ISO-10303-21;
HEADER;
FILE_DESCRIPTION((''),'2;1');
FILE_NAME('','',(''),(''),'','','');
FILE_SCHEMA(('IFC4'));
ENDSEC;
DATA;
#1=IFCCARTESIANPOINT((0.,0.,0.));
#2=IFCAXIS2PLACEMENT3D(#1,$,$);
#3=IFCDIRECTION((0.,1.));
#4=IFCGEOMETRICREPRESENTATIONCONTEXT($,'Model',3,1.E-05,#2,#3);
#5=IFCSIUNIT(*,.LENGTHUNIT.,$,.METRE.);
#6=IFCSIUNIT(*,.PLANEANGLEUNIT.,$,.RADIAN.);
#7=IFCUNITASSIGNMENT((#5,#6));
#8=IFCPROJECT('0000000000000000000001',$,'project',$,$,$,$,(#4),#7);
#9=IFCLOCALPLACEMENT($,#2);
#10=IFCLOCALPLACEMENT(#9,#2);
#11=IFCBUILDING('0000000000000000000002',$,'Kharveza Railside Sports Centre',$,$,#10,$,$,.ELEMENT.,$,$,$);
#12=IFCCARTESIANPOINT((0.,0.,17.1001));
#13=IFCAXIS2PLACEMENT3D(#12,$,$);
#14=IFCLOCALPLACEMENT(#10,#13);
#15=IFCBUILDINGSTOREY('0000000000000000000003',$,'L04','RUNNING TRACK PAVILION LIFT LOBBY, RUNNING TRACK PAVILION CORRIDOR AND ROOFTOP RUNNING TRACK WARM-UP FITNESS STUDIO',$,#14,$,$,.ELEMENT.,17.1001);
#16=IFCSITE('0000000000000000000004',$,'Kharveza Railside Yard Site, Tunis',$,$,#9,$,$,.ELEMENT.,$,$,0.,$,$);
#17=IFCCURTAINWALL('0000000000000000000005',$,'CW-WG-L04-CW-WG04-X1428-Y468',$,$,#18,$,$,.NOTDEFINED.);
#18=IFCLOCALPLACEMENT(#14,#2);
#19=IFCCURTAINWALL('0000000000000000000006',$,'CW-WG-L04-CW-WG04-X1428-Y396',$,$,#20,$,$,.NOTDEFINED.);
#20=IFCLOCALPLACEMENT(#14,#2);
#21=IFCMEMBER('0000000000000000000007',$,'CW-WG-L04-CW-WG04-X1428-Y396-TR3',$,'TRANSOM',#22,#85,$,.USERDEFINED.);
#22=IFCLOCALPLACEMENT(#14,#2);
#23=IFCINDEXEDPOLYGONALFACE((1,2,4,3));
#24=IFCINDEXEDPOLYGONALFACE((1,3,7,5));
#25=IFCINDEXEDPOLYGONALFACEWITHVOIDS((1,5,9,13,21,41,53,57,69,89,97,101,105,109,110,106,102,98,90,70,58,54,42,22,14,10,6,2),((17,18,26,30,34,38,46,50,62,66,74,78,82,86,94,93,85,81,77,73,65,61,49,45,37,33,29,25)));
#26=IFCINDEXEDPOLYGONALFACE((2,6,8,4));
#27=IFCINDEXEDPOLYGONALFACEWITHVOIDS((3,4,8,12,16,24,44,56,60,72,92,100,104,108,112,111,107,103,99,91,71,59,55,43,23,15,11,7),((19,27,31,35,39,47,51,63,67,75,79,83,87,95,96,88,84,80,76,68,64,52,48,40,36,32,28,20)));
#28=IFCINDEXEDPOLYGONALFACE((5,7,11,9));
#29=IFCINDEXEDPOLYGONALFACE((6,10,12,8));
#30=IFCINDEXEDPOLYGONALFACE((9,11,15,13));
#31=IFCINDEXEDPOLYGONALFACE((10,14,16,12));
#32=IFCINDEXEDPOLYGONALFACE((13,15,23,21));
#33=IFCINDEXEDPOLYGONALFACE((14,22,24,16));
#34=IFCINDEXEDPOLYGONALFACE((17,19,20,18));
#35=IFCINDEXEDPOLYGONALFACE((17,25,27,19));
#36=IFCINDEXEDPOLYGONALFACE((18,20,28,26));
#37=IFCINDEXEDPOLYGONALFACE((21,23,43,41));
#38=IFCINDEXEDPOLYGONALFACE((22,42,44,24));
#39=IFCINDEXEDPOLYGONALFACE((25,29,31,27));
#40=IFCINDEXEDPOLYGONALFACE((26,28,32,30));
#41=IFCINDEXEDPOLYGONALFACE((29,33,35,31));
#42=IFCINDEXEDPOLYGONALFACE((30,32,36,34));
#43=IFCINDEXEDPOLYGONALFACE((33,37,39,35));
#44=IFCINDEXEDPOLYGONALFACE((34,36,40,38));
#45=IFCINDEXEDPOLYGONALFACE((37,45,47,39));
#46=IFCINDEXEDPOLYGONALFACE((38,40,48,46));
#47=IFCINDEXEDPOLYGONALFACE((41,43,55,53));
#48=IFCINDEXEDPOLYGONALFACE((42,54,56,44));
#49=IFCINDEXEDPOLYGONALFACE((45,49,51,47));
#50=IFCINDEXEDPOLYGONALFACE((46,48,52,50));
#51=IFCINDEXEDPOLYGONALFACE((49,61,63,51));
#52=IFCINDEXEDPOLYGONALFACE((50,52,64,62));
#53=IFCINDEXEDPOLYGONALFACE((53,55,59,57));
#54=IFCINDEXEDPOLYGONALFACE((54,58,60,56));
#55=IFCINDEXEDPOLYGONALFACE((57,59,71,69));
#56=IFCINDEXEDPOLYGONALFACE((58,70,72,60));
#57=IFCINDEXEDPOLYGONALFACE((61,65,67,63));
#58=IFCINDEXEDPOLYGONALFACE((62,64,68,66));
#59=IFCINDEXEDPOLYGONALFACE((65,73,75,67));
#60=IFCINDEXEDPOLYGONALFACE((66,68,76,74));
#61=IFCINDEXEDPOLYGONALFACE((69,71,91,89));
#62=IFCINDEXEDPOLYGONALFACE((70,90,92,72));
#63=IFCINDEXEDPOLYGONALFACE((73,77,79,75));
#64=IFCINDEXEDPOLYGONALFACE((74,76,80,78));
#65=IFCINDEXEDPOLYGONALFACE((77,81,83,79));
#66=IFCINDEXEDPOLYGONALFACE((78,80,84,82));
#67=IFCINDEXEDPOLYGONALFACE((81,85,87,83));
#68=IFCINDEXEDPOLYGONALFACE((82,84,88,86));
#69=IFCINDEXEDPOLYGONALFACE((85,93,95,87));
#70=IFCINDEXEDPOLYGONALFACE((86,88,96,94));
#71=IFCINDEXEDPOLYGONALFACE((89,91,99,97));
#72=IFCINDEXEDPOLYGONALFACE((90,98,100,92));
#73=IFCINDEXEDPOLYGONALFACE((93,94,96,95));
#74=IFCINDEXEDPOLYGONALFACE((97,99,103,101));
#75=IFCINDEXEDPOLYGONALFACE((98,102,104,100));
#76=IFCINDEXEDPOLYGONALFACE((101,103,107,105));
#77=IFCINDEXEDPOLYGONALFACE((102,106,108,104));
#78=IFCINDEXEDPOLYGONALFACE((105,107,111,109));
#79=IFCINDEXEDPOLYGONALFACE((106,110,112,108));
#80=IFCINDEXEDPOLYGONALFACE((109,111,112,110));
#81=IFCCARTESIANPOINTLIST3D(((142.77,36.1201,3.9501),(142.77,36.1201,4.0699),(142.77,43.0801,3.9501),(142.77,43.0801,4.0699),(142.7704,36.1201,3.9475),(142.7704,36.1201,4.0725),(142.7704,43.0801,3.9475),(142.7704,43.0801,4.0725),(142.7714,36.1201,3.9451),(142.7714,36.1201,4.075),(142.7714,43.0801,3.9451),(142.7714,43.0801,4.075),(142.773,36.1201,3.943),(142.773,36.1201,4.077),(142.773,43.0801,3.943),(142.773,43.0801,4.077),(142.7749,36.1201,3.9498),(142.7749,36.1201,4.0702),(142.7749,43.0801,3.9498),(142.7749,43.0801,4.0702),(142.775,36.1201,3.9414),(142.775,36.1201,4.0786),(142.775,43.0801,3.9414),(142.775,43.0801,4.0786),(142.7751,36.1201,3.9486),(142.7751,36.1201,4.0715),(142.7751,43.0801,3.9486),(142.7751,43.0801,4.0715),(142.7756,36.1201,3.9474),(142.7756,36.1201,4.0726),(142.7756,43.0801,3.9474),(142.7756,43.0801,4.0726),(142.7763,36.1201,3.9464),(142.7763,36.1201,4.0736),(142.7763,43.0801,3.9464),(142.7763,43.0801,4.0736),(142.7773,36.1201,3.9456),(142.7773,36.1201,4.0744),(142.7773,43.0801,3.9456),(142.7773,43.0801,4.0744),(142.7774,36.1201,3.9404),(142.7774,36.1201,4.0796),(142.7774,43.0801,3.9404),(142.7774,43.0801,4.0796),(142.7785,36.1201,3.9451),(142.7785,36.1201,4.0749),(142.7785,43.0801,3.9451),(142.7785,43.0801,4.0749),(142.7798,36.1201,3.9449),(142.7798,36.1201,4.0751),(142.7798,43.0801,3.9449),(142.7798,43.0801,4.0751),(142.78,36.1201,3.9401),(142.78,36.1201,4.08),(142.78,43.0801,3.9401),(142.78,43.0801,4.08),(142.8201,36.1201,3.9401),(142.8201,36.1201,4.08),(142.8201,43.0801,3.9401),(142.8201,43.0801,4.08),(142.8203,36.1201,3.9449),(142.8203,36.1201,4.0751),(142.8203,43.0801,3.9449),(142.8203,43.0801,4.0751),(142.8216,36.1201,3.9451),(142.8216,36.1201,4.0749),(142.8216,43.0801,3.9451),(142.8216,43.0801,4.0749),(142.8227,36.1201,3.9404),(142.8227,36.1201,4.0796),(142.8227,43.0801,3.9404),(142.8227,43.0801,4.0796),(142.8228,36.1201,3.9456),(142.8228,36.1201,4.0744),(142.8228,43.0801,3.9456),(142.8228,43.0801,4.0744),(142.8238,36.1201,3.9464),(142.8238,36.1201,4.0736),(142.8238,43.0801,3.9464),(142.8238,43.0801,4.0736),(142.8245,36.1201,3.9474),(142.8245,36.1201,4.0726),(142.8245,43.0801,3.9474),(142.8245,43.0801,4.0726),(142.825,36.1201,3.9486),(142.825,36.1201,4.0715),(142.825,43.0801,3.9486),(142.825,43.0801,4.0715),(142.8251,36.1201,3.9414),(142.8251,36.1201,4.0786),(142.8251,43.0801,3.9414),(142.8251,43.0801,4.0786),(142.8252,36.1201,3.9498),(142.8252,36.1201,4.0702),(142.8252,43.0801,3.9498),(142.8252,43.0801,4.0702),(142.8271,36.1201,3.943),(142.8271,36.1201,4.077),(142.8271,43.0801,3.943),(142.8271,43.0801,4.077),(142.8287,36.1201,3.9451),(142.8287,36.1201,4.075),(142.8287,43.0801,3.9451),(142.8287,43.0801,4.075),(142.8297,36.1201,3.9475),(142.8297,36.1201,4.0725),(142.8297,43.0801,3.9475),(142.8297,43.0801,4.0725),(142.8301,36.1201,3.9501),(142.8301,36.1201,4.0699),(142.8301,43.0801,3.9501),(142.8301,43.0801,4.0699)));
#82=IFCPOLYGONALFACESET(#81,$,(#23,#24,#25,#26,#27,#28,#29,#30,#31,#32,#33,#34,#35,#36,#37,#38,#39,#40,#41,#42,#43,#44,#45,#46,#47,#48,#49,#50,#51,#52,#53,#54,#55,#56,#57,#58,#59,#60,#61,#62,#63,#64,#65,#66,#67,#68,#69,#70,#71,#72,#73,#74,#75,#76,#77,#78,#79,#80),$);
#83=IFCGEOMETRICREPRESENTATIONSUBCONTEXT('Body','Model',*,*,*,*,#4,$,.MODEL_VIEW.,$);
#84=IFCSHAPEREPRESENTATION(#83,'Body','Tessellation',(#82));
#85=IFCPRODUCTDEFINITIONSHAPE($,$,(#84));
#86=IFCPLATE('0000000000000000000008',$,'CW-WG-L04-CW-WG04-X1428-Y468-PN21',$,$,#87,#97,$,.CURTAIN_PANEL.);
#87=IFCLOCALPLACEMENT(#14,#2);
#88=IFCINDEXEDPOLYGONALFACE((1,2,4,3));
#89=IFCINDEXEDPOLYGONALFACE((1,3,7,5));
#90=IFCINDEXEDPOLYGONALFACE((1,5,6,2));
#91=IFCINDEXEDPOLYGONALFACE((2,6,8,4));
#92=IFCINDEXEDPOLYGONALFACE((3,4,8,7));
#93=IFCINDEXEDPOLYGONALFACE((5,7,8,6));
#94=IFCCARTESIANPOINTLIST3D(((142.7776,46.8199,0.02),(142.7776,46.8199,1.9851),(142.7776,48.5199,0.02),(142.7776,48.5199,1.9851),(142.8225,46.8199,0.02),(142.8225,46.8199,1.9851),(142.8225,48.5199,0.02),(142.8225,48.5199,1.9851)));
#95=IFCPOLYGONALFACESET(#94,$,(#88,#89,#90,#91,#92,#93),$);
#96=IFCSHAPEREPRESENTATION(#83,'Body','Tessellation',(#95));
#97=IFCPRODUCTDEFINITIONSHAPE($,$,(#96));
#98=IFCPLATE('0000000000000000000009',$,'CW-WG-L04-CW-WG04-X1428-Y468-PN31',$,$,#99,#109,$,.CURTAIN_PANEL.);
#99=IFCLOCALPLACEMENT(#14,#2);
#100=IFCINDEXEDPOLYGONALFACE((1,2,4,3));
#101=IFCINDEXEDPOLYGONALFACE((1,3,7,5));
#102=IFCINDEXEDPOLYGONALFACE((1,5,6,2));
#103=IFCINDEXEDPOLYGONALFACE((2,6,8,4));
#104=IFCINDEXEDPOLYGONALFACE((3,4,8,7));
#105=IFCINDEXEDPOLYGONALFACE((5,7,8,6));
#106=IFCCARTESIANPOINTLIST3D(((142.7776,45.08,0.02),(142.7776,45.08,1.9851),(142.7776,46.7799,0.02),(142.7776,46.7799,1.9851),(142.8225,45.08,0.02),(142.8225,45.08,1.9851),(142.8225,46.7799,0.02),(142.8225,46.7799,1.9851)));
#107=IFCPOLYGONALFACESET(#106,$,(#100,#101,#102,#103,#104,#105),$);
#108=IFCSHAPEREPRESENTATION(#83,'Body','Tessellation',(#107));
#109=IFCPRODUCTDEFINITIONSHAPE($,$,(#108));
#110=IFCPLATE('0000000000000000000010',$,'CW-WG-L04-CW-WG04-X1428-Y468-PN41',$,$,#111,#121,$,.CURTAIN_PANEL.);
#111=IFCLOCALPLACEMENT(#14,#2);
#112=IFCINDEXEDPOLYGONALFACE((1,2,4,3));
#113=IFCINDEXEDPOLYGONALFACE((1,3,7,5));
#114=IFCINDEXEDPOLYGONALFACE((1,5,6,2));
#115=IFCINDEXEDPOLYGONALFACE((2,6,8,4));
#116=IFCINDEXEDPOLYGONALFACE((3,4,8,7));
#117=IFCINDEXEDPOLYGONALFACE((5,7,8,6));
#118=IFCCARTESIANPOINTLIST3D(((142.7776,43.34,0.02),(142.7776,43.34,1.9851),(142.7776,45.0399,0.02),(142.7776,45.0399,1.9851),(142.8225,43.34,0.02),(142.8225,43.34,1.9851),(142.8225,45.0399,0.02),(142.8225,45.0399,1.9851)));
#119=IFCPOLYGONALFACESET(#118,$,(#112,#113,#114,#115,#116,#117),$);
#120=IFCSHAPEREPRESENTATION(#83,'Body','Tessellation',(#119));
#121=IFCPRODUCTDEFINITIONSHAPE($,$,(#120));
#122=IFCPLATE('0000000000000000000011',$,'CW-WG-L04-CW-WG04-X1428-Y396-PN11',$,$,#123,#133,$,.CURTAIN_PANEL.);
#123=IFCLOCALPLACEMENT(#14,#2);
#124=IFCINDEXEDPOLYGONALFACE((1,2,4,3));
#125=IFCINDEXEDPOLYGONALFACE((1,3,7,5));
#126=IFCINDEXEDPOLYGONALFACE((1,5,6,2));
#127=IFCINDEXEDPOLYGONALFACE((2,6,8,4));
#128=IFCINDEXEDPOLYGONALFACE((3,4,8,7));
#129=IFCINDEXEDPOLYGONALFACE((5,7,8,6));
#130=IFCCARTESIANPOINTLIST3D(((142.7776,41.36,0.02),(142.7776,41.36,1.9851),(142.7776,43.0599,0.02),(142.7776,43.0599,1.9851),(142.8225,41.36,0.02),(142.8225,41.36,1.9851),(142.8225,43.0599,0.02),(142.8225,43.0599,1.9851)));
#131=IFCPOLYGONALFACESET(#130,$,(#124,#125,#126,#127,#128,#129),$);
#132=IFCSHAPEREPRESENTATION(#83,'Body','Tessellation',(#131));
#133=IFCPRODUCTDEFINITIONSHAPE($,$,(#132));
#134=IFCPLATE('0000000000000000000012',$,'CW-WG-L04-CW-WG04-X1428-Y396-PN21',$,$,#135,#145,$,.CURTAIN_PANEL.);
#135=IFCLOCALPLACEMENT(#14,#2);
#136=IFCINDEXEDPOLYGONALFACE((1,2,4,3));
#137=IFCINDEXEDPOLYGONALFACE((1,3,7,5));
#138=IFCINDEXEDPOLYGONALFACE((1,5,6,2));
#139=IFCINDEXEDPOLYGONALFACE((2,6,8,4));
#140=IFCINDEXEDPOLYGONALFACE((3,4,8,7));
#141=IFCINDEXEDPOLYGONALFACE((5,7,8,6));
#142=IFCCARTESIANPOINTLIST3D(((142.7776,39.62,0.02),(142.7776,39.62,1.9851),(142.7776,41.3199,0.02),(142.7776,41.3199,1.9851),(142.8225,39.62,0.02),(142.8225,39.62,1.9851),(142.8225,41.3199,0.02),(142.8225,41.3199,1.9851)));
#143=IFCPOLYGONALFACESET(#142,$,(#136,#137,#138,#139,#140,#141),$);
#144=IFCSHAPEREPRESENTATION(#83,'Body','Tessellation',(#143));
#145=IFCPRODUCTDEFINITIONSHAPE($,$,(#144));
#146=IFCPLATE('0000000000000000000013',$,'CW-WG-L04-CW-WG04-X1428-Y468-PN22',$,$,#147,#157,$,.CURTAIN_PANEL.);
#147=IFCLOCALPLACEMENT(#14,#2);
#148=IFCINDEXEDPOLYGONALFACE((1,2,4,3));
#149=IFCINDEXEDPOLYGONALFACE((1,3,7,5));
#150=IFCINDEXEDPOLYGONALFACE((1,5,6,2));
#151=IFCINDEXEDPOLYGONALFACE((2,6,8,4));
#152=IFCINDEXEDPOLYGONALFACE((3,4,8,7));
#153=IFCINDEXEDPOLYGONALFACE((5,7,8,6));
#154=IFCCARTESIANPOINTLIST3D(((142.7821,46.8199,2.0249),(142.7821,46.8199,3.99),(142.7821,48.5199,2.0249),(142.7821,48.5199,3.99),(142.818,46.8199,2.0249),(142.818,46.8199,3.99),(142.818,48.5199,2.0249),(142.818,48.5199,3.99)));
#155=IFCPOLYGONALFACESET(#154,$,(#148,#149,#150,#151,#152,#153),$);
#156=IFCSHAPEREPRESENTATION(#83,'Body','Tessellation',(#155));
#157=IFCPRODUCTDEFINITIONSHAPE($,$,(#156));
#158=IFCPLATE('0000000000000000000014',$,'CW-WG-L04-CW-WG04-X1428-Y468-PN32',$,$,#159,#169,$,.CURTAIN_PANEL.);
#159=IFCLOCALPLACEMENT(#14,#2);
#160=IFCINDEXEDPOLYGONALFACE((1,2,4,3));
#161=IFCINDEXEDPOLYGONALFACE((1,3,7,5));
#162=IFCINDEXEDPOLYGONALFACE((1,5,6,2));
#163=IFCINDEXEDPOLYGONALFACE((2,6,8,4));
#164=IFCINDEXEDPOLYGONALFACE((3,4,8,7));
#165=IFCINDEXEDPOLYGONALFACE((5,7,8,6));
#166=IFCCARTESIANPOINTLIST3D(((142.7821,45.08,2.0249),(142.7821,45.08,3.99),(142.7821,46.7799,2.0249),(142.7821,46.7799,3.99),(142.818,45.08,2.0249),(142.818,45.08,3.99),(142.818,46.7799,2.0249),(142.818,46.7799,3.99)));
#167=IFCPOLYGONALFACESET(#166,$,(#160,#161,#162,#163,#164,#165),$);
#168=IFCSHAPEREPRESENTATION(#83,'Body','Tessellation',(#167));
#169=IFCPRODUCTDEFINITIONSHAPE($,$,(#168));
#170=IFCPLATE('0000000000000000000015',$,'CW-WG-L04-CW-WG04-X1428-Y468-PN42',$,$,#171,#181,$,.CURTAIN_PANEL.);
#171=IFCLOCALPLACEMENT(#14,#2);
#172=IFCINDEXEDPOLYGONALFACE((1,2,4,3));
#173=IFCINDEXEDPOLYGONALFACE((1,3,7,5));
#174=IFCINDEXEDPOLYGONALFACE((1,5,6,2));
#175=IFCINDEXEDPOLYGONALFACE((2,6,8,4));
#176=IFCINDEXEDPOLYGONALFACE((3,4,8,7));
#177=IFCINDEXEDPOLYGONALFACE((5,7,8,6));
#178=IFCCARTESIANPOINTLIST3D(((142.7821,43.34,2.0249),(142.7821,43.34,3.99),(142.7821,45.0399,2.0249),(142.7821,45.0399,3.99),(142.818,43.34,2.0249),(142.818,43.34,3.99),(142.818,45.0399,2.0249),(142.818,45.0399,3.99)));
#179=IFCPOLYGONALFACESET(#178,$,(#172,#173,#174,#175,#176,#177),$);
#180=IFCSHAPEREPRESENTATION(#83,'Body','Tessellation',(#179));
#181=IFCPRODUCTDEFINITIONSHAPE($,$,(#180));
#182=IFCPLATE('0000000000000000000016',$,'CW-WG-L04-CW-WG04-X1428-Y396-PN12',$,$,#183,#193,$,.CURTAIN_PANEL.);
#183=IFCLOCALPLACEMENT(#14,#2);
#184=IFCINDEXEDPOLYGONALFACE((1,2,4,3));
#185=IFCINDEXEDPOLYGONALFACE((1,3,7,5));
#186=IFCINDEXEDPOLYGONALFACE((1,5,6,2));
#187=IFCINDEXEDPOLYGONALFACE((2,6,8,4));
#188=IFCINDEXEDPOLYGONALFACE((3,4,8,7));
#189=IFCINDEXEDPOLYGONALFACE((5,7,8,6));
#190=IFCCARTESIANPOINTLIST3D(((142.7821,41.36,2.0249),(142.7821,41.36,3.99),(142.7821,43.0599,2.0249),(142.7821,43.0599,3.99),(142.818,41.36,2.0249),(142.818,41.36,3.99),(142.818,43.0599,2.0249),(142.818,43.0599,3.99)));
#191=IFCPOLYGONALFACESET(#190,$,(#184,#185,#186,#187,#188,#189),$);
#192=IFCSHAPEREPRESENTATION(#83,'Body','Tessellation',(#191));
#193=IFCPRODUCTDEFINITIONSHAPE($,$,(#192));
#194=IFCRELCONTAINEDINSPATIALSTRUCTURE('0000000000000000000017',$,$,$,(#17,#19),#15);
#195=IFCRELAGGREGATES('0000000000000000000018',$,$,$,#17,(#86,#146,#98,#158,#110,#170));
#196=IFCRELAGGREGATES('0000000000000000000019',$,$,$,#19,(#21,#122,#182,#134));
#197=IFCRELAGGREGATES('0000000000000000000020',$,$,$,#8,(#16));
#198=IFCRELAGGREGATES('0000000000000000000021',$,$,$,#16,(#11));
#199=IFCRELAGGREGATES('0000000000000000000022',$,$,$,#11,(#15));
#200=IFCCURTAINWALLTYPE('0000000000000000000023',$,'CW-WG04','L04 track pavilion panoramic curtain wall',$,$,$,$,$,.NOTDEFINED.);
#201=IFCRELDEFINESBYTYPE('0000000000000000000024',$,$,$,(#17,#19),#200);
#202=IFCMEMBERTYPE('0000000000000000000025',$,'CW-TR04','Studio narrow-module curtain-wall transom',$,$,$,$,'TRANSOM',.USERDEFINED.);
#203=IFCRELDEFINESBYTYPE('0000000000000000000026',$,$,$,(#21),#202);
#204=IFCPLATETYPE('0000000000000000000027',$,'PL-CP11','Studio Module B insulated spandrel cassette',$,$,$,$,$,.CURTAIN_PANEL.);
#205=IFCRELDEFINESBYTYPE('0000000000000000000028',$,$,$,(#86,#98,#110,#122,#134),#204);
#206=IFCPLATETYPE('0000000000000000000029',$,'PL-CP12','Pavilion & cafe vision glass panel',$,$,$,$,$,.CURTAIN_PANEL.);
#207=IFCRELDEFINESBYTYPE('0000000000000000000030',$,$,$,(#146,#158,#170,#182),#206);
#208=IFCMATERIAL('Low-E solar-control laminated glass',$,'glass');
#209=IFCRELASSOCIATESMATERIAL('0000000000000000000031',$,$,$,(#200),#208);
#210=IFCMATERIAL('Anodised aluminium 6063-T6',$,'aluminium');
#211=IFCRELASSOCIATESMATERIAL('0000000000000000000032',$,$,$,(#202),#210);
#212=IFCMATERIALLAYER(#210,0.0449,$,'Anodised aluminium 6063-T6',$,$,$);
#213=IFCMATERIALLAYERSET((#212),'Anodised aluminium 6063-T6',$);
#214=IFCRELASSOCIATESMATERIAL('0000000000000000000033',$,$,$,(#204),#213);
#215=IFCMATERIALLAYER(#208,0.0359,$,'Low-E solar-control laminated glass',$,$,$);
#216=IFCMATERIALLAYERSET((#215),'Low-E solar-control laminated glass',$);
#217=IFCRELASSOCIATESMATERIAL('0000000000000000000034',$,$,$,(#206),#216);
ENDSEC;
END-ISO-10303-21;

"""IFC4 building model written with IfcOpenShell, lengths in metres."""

from ifc_helpers import new_model, si_unit, direction, frame, origin, origin_2d, place, context, subcontext, project, spatial, rectangle, hollow_rectangle, extrude, material, layer, layer_set, material_profile, profile_set, type_object, element, aggregate, save


model = new_model("IFC4")

# Units and contexts
model_context = context("Model", 3, precision=1e-05, world=origin(), true_north=direction((0.0, 1.0)))
body_context = subcontext(model_context, "Body", "Model", "MODEL_VIEW")
ifc_project = project(units=[si_unit("LENGTHUNIT", "METRE"), si_unit("PLANEANGLEUNIT", "RADIAN")], contexts=[model_context])

# Site, building, storey
site_placement = place(None, origin())
site = spatial("IfcSite", under=ifc_project, at=site_placement, Name="Kharveza Railside Yard Site, Tunis", CompositionType="ELEMENT", RefElevation=0.0)
building_placement = place(site_placement, origin())
building = spatial("IfcBuilding", under=site, at=building_placement, Name="Kharveza Railside Sports Centre", CompositionType="ELEMENT")
storey_placement = place(building_placement, frame((0.0, 0.0, 17.1001)))
storey = spatial("IfcBuildingStorey", under=building, at=storey_placement, Name="L04", Description="RUNNING TRACK PAVILION LIFT LOBBY, RUNNING TRACK PAVILION CORRIDOR AND ROOFTOP RUNNING TRACK WARM-UP FITNESS STUDIO", CompositionType="ELEMENT", Elevation=17.1001)

# Curtain walls, member
ifc_material_1 = material(Name="Low-E solar-control laminated glass", Category="glass")
curtain_wall_type = type_object("IfcCurtainWallType", Name="CW-WG04", Description="L04 track pavilion panoramic curtain wall", PredefinedType="NOTDEFINED", material=ifc_material_1)
curtain_wall_1_placement = place(storey_placement, origin())
curtain_wall_1 = element("IfcCurtainWall", 1, at=curtain_wall_1_placement, inside=storey, type_object=curtain_wall_type, Name="CW-WG-L04-CW-WG04-X1428-Y468", PredefinedType="NOTDEFINED")
ifc_material_2 = material(Name="Anodised aluminium 6063-T6", Category="aluminium")
curtain_wall_2_placement = place(storey_placement, origin())
curtain_wall_2 = element("IfcCurtainWall", 2, at=curtain_wall_2_placement, inside=storey, type_object=curtain_wall_type, Name="CW-WG-L04-CW-WG04-X1428-Y396", PredefinedType="NOTDEFINED")
ifc_material_profile_1 = material_profile(ifc_material_2, hollow_rectangle(XDim=0.0601, YDim=0.1399, WallThickness=0.0049, InnerFilletRadius=0.0049, OuterFilletRadius=0.01, at=origin_2d()), Name="RHS 60x140x5.0")
ifc_profile_set_1 = profile_set([ifc_material_profile_1], Name="Anodised aluminium 6063-T6")
member_type_1 = type_object("IfcMemberType", Name="CW-TR04", Description="Studio narrow-module curtain-wall transom", ElementType="TRANSOM", PredefinedType="USERDEFINED", material=ifc_profile_set_1)
member_1_placement = place(storey_placement, frame((142.8, 43.0801, 4.01), z_axis=(0.0, -1.0, 0.0), x_axis=(1.0, 0.0, 0.0)))
member_1 = element("IfcMember", 3, at=member_1_placement, type_object=member_type_1, Name="CW-WG-L04-CW-WG04-X1428-Y396-TR3", ObjectType="TRANSOM", PredefinedType="USERDEFINED", context=body_context, shape_type="SweptSolid", body=[
    extrude(hollow_rectangle(XDim=0.0601, YDim=0.1399, WallThickness=0.0049, InnerFilletRadius=0.0049, OuterFilletRadius=0.01, at=origin_2d()), origin(), (0.0, 0.0, 1.0), 6.96),
])

# Plates
ifc_layer_1 = layer(ifc_material_2, 0.0449, Name="Anodised aluminium 6063-T6")
ifc_layer_set_1 = layer_set([ifc_layer_1], Name="Anodised aluminium 6063-T6")
plate_type_1 = type_object("IfcPlateType", Name="PL-CP11", Description="Studio Module B insulated spandrel cassette", PredefinedType="CURTAIN_PANEL", material=ifc_layer_set_1)
plate_1_placement = place(storey_placement, frame((142.8, 47.6699, 0.02), z_axis=(0.0, 0.0, 1.0), x_axis=(0.0, -1.0, 0.0)))
plate_1 = element("IfcPlate", 4, at=plate_1_placement, type_object=plate_type_1, Name="CW-WG-L04-CW-WG04-X1428-Y468-PN21", PredefinedType="CURTAIN_PANEL", context=body_context, shape_type="SweptSolid", body=[
    extrude(rectangle(XDim=1.7, YDim=0.0449, at=origin_2d()), origin(), (0.0, 0.0, 1.0), 1.9651),
])
plate_2_placement = place(storey_placement, frame((142.8, 45.9299, 0.02), z_axis=(0.0, 0.0, 1.0), x_axis=(0.0, -1.0, 0.0)))
plate_2 = element("IfcPlate", 5, at=plate_2_placement, type_object=plate_type_1, Name="CW-WG-L04-CW-WG04-X1428-Y468-PN31", PredefinedType="CURTAIN_PANEL", context=body_context, shape_type="SweptSolid", body=[
    extrude(rectangle(XDim=1.7, YDim=0.0449, at=origin_2d()), origin(), (0.0, 0.0, 1.0), 1.9651),
])
plate_3_placement = place(storey_placement, frame((142.8, 44.1899, 0.02), z_axis=(0.0, 0.0, 1.0), x_axis=(0.0, -1.0, 0.0)))
plate_3 = element("IfcPlate", 6, at=plate_3_placement, type_object=plate_type_1, Name="CW-WG-L04-CW-WG04-X1428-Y468-PN41", PredefinedType="CURTAIN_PANEL", context=body_context, shape_type="SweptSolid", body=[
    extrude(rectangle(XDim=1.7, YDim=0.0449, at=origin_2d()), origin(), (0.0, 0.0, 1.0), 1.9651),
])
plate_4_placement = place(storey_placement, frame((142.8, 42.21, 0.02), z_axis=(0.0, 0.0, 1.0), x_axis=(0.0, -1.0, 0.0)))
plate_4 = element("IfcPlate", 7, at=plate_4_placement, type_object=plate_type_1, Name="CW-WG-L04-CW-WG04-X1428-Y396-PN11", PredefinedType="CURTAIN_PANEL", context=body_context, shape_type="SweptSolid", body=[
    extrude(rectangle(XDim=1.7, YDim=0.0449, at=origin_2d()), origin(), (0.0, 0.0, 1.0), 1.9651),
])
plate_5_placement = place(storey_placement, frame((142.8, 40.47, 0.02), z_axis=(0.0, 0.0, 1.0), x_axis=(0.0, -1.0, 0.0)))
plate_5 = element("IfcPlate", 8, at=plate_5_placement, type_object=plate_type_1, Name="CW-WG-L04-CW-WG04-X1428-Y396-PN21", PredefinedType="CURTAIN_PANEL", context=body_context, shape_type="SweptSolid", body=[
    extrude(rectangle(XDim=1.7, YDim=0.0449, at=origin_2d()), origin(), (0.0, 0.0, 1.0), 1.9651),
])
ifc_layer_2 = layer(ifc_material_1, 0.0359, Name="Low-E solar-control laminated glass")
ifc_layer_set_2 = layer_set([ifc_layer_2], Name="Low-E solar-control laminated glass")
plate_type_2 = type_object("IfcPlateType", Name="PL-CP12", Description="Pavilion & cafe vision glass panel", PredefinedType="CURTAIN_PANEL", material=ifc_layer_set_2)
plate_6_placement = place(storey_placement, frame((142.8, 47.6699, 2.0249), z_axis=(0.0, 0.0, 1.0), x_axis=(0.0, -1.0, 0.0)))
plate_6 = element("IfcPlate", 9, at=plate_6_placement, type_object=plate_type_2, Name="CW-WG-L04-CW-WG04-X1428-Y468-PN22", PredefinedType="CURTAIN_PANEL", context=body_context, shape_type="SweptSolid", body=[
    extrude(rectangle(XDim=1.7, YDim=0.0359, at=origin_2d()), origin(), (0.0, 0.0, 1.0), 1.9651),
])
plate_7_placement = place(storey_placement, frame((142.8, 45.9299, 2.0249), z_axis=(0.0, 0.0, 1.0), x_axis=(0.0, -1.0, 0.0)))
plate_7 = element("IfcPlate", 10, at=plate_7_placement, type_object=plate_type_2, Name="CW-WG-L04-CW-WG04-X1428-Y468-PN32", PredefinedType="CURTAIN_PANEL", context=body_context, shape_type="SweptSolid", body=[
    extrude(rectangle(XDim=1.7, YDim=0.0359, at=origin_2d()), origin(), (0.0, 0.0, 1.0), 1.9651),
])
plate_8_placement = place(storey_placement, frame((142.8, 44.1899, 2.0249), z_axis=(0.0, 0.0, 1.0), x_axis=(0.0, -1.0, 0.0)))
plate_8 = element("IfcPlate", 11, at=plate_8_placement, type_object=plate_type_2, Name="CW-WG-L04-CW-WG04-X1428-Y468-PN42", PredefinedType="CURTAIN_PANEL", context=body_context, shape_type="SweptSolid", body=[
    extrude(rectangle(XDim=1.7, YDim=0.0359, at=origin_2d()), origin(), (0.0, 0.0, 1.0), 1.9651),
])
aggregate(curtain_wall_1, [plate_1, plate_6, plate_2, plate_7, plate_3, plate_8])
plate_9_placement = place(storey_placement, frame((142.8, 42.21, 2.0249), z_axis=(0.0, 0.0, 1.0), x_axis=(0.0, -1.0, 0.0)))
plate_9 = element("IfcPlate", 12, at=plate_9_placement, type_object=plate_type_2, Name="CW-WG-L04-CW-WG04-X1428-Y396-PN12", PredefinedType="CURTAIN_PANEL", context=body_context, shape_type="SweptSolid", body=[
    extrude(rectangle(XDim=1.7, YDim=0.0359, at=origin_2d()), origin(), (0.0, 0.0, 1.0), 1.9651),
])
aggregate(curtain_wall_2, [member_1, plate_4, plate_9, plate_5])

save(model, "model.ifc")
